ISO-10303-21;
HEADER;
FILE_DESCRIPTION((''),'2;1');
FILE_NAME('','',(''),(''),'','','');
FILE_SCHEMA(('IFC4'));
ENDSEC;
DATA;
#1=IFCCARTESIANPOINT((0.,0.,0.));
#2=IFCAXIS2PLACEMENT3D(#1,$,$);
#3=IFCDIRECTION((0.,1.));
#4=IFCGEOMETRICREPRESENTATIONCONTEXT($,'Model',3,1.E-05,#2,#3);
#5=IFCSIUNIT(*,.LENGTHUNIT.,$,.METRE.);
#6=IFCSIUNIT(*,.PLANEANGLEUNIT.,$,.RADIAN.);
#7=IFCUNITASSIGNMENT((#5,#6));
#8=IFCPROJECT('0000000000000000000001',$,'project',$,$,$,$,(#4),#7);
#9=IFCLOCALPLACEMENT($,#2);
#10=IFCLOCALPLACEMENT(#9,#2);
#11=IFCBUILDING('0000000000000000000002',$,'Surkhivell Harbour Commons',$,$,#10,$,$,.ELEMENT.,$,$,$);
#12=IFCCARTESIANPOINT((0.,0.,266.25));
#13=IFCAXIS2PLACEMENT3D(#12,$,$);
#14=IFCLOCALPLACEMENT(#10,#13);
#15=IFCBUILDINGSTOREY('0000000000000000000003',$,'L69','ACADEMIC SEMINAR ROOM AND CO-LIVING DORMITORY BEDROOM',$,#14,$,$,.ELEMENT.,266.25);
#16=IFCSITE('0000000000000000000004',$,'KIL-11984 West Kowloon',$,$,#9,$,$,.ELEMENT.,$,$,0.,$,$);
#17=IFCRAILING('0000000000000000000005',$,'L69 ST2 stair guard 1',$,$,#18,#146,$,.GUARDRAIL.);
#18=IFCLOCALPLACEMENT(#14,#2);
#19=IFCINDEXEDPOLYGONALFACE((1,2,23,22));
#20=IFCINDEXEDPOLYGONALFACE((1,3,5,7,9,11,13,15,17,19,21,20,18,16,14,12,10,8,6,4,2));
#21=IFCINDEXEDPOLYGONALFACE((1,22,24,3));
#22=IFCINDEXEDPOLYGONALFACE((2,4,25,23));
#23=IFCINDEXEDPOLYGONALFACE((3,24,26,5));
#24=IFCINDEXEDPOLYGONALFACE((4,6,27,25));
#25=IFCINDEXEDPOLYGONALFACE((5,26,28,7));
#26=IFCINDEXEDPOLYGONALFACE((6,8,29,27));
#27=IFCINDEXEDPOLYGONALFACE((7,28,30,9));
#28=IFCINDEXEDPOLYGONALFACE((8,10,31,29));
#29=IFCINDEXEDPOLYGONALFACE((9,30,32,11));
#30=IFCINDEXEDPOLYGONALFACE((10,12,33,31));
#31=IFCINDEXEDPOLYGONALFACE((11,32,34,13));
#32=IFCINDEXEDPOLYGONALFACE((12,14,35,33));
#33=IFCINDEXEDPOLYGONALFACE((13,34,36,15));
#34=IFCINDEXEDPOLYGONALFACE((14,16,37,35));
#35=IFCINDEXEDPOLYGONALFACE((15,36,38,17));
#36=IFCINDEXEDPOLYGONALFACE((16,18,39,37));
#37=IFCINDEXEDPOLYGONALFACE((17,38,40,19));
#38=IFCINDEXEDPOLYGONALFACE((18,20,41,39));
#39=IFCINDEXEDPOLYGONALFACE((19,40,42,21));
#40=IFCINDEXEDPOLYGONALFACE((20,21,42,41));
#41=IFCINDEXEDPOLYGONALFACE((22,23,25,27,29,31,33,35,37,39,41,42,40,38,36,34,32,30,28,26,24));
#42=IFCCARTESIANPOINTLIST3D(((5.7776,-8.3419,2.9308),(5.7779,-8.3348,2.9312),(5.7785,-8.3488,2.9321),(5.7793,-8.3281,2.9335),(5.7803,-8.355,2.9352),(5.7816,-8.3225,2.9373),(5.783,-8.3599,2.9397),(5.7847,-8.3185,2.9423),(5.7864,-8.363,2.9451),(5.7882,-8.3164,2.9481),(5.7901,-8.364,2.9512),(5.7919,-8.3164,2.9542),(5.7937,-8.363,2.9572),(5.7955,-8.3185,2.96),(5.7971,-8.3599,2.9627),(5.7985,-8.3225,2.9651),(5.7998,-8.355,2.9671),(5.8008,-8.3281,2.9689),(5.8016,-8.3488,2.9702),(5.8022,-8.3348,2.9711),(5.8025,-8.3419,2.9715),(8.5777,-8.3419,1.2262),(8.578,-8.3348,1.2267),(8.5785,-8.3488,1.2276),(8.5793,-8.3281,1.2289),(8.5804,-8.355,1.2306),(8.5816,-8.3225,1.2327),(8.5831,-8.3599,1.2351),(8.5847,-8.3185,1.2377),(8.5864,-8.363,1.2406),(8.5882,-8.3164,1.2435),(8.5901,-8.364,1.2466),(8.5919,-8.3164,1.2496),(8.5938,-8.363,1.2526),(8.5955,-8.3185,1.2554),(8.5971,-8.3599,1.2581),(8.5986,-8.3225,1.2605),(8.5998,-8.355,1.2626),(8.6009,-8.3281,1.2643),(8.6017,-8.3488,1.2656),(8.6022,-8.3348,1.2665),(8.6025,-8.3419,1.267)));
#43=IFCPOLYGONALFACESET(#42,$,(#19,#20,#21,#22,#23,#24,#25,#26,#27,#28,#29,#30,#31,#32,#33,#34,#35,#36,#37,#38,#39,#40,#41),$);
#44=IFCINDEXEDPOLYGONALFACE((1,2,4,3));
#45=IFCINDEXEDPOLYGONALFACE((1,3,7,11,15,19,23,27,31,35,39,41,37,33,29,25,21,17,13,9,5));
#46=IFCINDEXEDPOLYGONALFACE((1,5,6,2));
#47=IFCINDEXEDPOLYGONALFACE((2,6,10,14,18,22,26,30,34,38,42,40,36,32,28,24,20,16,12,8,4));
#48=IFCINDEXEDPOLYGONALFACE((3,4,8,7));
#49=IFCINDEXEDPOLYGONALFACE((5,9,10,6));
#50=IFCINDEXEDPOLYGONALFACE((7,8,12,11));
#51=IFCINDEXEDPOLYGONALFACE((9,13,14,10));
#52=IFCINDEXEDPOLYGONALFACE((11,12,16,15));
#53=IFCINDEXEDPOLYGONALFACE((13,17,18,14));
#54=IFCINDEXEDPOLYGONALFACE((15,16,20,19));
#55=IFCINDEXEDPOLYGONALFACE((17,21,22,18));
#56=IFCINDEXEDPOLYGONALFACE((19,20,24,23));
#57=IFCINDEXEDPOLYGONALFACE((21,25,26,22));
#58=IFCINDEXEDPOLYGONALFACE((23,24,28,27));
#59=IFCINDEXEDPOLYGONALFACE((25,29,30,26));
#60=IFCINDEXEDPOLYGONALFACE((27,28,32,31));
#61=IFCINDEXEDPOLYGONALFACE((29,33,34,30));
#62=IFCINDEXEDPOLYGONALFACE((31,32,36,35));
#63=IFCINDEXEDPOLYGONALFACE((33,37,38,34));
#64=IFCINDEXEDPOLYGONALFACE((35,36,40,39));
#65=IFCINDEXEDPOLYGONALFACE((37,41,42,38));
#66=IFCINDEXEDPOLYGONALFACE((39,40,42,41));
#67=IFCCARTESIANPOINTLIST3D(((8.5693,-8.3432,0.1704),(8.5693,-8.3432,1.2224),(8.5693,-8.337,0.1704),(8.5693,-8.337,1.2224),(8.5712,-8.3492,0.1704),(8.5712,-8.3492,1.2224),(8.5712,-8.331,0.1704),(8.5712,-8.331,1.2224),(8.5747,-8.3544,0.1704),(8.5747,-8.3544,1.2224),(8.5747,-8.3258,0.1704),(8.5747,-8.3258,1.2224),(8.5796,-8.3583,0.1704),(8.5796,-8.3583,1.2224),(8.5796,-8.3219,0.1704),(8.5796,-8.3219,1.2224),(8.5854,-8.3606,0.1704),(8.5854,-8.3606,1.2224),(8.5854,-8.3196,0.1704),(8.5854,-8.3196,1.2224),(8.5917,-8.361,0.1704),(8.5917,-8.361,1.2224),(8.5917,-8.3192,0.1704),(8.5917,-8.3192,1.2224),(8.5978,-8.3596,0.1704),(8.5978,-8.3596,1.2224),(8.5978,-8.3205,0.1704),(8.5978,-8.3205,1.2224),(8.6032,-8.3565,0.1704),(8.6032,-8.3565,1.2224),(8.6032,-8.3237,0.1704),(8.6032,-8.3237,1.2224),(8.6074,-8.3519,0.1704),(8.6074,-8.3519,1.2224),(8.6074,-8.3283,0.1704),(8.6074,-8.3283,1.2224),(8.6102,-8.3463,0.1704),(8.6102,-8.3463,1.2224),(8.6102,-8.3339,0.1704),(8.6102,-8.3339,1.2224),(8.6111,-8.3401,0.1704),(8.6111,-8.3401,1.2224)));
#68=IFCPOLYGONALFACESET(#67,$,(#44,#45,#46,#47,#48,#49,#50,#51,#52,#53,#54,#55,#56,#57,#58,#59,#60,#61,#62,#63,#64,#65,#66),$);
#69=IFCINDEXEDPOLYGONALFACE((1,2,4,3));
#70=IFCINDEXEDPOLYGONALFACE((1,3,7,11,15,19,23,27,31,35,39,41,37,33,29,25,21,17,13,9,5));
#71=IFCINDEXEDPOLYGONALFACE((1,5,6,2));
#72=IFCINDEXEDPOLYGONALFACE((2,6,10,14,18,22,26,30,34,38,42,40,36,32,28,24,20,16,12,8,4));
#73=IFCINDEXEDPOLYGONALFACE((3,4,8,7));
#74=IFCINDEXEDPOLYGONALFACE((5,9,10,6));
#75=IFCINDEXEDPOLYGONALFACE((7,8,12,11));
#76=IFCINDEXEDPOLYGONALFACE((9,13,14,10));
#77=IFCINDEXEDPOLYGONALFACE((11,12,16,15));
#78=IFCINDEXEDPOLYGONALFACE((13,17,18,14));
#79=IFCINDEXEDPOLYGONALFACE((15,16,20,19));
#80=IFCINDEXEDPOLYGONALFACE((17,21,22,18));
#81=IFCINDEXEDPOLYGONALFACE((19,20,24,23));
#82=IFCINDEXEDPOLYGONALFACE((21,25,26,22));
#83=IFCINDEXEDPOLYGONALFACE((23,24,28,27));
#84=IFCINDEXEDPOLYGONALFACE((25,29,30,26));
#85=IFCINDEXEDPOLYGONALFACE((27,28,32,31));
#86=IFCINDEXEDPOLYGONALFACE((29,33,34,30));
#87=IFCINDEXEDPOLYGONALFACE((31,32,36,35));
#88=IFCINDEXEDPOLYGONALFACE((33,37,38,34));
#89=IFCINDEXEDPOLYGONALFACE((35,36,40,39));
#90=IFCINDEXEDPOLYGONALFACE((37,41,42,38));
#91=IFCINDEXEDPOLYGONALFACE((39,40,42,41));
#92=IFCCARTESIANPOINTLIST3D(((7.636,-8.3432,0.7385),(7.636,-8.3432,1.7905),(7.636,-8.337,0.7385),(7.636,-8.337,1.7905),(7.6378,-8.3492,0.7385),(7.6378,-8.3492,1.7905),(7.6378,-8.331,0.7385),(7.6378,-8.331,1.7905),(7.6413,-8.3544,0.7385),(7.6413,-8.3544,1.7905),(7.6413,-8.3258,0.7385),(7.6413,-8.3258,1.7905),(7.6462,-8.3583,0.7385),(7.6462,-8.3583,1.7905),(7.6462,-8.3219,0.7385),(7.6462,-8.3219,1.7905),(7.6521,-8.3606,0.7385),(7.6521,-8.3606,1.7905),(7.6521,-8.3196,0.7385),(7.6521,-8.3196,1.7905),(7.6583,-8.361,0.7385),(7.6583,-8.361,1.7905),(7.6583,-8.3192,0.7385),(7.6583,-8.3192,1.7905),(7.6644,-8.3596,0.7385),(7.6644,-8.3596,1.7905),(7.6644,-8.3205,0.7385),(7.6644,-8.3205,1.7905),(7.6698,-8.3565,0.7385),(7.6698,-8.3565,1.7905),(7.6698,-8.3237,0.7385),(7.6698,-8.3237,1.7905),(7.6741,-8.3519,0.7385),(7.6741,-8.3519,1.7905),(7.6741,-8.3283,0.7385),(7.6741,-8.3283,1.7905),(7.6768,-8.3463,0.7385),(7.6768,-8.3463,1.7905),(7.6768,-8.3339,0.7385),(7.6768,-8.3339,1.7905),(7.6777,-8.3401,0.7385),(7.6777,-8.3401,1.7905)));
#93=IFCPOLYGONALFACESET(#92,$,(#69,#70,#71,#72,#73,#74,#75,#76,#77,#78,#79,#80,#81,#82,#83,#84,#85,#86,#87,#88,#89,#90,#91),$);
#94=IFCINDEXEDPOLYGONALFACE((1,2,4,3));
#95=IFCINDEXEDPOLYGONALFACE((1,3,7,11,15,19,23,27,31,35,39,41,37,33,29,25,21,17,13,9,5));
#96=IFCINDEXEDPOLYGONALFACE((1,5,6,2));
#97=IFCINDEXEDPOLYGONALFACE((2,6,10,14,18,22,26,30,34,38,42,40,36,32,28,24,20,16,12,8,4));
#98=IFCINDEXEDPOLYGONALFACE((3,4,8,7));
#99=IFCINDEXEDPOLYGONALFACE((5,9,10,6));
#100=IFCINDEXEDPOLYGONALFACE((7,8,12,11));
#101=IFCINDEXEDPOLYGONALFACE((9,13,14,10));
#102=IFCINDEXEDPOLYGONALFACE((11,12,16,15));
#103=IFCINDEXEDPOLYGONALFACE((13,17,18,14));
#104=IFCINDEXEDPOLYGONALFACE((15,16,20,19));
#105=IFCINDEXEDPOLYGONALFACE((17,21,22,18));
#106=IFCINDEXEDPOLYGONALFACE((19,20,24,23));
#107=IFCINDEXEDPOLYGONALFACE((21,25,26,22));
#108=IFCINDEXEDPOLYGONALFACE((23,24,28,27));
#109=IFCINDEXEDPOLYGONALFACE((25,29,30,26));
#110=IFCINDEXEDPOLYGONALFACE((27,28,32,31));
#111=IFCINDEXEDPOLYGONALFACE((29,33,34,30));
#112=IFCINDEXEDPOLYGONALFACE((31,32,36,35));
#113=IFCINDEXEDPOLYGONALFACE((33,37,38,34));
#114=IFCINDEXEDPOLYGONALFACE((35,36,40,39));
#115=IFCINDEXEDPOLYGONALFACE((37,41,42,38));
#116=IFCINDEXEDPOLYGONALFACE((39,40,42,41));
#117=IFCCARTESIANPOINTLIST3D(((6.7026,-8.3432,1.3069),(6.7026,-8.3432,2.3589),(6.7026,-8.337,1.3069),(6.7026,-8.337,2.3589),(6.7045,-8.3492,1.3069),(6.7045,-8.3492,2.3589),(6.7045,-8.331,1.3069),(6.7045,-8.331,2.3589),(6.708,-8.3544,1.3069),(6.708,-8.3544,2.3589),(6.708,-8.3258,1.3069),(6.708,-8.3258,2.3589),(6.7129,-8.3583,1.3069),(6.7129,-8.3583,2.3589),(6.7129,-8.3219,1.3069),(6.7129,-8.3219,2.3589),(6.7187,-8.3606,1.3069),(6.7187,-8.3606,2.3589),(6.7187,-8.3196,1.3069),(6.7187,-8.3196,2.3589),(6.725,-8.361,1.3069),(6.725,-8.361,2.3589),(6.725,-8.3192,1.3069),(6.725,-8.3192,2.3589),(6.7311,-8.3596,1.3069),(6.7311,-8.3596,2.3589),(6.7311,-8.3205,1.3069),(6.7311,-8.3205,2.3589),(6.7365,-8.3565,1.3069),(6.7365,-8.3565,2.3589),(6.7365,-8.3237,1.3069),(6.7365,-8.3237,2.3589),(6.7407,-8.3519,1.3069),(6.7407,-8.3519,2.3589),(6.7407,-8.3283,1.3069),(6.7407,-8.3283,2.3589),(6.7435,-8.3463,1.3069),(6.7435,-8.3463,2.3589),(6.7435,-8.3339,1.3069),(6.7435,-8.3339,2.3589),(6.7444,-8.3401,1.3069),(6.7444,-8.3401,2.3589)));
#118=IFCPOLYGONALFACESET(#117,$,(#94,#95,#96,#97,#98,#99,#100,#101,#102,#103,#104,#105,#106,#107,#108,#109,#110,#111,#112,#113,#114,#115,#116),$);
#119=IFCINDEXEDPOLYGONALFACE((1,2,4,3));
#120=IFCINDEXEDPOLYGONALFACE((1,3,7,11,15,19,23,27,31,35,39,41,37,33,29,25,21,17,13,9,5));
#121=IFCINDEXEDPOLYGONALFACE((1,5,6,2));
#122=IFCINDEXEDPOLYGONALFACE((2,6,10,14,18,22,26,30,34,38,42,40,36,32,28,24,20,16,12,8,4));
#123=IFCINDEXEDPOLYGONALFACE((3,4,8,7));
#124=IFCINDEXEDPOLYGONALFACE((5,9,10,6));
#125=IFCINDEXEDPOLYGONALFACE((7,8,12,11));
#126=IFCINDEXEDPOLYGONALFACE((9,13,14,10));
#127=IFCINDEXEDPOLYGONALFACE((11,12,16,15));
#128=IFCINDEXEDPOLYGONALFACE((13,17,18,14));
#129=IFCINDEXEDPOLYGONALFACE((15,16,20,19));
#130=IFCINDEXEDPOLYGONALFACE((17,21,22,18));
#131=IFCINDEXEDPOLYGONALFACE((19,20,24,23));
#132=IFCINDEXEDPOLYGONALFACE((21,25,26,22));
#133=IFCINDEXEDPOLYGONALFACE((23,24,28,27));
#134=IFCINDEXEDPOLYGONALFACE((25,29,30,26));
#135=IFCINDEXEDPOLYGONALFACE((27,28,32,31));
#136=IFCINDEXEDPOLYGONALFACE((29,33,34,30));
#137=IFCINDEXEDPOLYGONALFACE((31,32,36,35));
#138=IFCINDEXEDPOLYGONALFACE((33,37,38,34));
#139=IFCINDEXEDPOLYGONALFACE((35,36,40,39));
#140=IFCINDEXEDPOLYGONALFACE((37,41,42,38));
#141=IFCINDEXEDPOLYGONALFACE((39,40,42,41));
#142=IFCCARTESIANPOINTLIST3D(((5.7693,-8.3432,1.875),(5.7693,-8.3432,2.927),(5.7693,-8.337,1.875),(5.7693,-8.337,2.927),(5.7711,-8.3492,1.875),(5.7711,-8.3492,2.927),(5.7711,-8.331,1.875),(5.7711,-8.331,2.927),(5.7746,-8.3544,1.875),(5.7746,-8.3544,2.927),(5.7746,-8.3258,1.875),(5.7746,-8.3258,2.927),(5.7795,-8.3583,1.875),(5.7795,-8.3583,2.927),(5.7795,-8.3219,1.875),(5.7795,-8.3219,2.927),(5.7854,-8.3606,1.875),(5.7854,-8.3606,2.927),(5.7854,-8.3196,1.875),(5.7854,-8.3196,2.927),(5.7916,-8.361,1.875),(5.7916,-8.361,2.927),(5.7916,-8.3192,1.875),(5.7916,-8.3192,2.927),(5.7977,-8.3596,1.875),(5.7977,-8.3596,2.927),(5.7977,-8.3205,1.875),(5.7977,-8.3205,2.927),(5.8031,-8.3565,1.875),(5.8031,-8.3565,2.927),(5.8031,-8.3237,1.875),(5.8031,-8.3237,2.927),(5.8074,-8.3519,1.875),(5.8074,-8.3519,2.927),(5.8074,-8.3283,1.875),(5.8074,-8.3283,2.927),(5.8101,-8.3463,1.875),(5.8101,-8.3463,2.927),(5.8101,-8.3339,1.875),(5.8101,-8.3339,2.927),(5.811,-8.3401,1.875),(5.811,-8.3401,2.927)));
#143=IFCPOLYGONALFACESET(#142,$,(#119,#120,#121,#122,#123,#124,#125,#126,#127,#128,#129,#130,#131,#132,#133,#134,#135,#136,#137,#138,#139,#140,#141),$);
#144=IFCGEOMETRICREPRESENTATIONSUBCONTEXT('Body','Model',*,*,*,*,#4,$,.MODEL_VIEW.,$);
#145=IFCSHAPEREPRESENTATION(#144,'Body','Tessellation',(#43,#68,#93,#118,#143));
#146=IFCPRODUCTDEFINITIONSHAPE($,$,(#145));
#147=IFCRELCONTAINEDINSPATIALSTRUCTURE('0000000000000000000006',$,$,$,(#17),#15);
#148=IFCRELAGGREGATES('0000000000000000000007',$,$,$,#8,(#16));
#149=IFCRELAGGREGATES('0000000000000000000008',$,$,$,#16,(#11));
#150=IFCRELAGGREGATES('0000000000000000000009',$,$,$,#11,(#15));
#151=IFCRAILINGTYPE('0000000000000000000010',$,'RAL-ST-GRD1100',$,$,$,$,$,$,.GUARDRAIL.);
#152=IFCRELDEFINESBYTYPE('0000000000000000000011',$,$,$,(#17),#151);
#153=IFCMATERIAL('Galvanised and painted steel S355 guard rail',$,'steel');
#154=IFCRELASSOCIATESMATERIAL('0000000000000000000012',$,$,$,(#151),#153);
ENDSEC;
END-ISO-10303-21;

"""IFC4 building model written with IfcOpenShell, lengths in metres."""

from ifc_helpers import new_model, si_unit, direction, frame, origin, origin_2d, place, context, subcontext, project, spatial, circle, extrude, material, type_object, element, save


model = new_model("IFC4")

# Units and contexts
model_context = context("Model", 3, precision=1e-05, world=origin(), true_north=direction((0.0, 1.0)))
body_context = subcontext(model_context, "Body", "Model", "MODEL_VIEW")
ifc_project = project(units=[si_unit("LENGTHUNIT", "METRE"), si_unit("PLANEANGLEUNIT", "RADIAN")], contexts=[model_context])

# Site, building, storey
site_placement = place(None, origin())
site = spatial("IfcSite", under=ifc_project, at=site_placement, Name="KIL-11984 West Kowloon", CompositionType="ELEMENT", RefElevation=0.0)
building_placement = place(site_placement, origin())
building = spatial("IfcBuilding", under=site, at=building_placement, Name="Surkhivell Harbour Commons", CompositionType="ELEMENT")
storey_placement = place(building_placement, frame((0.0, 0.0, 266.25)))
storey = spatial("IfcBuildingStorey", under=building, at=storey_placement, Name="L69", Description="ACADEMIC SEMINAR ROOM AND CO-LIVING DORMITORY BEDROOM", CompositionType="ELEMENT", Elevation=266.25)

# Railing
ifc_material_1 = material(Name="Galvanised and painted steel S355 guard rail", Category="steel")
railing_type_1 = type_object("IfcRailingType", Name="RAL-ST-GRD1100", PredefinedType="GUARDRAIL", material=ifc_material_1)
railing_1_placement = place(storey_placement, frame((8.5901, -8.3401, 0.1704)))
element("IfcRailing", 1, at=railing_1_placement, inside=storey, type_object=railing_type_1, Name="L69 ST2 stair guard 1", PredefinedType="GUARDRAIL", context=body_context, shape_type="SweptSolid", body=[
    extrude(circle(Radius=0.0239, at=origin_2d()), frame((0.0, 0.0, 1.0762), z_axis=(-0.85417, 0.0, 0.519994), x_axis=(0.0, -1.0, 0.0)), (0.0, 0.0, 1.0), 3.2781),
    extrude(circle(Radius=0.021, at=origin_2d()), origin(), (0.0, 0.0, 1.0), 1.052),
    extrude(circle(Radius=0.021, at=origin_2d()), frame((-0.9333, 0.0, 0.5681)), (0.0, 0.0, 1.0), 1.052),
    extrude(circle(Radius=0.021, at=origin_2d()), frame((-1.8667, 0.0, 1.1365)), (0.0, 0.0, 1.0), 1.052),
    extrude(circle(Radius=0.021, at=origin_2d()), frame((-2.8, 0.0, 1.7046)), (0.0, 0.0, 1.0), 1.052),
])

save(model, "model.ifc")
